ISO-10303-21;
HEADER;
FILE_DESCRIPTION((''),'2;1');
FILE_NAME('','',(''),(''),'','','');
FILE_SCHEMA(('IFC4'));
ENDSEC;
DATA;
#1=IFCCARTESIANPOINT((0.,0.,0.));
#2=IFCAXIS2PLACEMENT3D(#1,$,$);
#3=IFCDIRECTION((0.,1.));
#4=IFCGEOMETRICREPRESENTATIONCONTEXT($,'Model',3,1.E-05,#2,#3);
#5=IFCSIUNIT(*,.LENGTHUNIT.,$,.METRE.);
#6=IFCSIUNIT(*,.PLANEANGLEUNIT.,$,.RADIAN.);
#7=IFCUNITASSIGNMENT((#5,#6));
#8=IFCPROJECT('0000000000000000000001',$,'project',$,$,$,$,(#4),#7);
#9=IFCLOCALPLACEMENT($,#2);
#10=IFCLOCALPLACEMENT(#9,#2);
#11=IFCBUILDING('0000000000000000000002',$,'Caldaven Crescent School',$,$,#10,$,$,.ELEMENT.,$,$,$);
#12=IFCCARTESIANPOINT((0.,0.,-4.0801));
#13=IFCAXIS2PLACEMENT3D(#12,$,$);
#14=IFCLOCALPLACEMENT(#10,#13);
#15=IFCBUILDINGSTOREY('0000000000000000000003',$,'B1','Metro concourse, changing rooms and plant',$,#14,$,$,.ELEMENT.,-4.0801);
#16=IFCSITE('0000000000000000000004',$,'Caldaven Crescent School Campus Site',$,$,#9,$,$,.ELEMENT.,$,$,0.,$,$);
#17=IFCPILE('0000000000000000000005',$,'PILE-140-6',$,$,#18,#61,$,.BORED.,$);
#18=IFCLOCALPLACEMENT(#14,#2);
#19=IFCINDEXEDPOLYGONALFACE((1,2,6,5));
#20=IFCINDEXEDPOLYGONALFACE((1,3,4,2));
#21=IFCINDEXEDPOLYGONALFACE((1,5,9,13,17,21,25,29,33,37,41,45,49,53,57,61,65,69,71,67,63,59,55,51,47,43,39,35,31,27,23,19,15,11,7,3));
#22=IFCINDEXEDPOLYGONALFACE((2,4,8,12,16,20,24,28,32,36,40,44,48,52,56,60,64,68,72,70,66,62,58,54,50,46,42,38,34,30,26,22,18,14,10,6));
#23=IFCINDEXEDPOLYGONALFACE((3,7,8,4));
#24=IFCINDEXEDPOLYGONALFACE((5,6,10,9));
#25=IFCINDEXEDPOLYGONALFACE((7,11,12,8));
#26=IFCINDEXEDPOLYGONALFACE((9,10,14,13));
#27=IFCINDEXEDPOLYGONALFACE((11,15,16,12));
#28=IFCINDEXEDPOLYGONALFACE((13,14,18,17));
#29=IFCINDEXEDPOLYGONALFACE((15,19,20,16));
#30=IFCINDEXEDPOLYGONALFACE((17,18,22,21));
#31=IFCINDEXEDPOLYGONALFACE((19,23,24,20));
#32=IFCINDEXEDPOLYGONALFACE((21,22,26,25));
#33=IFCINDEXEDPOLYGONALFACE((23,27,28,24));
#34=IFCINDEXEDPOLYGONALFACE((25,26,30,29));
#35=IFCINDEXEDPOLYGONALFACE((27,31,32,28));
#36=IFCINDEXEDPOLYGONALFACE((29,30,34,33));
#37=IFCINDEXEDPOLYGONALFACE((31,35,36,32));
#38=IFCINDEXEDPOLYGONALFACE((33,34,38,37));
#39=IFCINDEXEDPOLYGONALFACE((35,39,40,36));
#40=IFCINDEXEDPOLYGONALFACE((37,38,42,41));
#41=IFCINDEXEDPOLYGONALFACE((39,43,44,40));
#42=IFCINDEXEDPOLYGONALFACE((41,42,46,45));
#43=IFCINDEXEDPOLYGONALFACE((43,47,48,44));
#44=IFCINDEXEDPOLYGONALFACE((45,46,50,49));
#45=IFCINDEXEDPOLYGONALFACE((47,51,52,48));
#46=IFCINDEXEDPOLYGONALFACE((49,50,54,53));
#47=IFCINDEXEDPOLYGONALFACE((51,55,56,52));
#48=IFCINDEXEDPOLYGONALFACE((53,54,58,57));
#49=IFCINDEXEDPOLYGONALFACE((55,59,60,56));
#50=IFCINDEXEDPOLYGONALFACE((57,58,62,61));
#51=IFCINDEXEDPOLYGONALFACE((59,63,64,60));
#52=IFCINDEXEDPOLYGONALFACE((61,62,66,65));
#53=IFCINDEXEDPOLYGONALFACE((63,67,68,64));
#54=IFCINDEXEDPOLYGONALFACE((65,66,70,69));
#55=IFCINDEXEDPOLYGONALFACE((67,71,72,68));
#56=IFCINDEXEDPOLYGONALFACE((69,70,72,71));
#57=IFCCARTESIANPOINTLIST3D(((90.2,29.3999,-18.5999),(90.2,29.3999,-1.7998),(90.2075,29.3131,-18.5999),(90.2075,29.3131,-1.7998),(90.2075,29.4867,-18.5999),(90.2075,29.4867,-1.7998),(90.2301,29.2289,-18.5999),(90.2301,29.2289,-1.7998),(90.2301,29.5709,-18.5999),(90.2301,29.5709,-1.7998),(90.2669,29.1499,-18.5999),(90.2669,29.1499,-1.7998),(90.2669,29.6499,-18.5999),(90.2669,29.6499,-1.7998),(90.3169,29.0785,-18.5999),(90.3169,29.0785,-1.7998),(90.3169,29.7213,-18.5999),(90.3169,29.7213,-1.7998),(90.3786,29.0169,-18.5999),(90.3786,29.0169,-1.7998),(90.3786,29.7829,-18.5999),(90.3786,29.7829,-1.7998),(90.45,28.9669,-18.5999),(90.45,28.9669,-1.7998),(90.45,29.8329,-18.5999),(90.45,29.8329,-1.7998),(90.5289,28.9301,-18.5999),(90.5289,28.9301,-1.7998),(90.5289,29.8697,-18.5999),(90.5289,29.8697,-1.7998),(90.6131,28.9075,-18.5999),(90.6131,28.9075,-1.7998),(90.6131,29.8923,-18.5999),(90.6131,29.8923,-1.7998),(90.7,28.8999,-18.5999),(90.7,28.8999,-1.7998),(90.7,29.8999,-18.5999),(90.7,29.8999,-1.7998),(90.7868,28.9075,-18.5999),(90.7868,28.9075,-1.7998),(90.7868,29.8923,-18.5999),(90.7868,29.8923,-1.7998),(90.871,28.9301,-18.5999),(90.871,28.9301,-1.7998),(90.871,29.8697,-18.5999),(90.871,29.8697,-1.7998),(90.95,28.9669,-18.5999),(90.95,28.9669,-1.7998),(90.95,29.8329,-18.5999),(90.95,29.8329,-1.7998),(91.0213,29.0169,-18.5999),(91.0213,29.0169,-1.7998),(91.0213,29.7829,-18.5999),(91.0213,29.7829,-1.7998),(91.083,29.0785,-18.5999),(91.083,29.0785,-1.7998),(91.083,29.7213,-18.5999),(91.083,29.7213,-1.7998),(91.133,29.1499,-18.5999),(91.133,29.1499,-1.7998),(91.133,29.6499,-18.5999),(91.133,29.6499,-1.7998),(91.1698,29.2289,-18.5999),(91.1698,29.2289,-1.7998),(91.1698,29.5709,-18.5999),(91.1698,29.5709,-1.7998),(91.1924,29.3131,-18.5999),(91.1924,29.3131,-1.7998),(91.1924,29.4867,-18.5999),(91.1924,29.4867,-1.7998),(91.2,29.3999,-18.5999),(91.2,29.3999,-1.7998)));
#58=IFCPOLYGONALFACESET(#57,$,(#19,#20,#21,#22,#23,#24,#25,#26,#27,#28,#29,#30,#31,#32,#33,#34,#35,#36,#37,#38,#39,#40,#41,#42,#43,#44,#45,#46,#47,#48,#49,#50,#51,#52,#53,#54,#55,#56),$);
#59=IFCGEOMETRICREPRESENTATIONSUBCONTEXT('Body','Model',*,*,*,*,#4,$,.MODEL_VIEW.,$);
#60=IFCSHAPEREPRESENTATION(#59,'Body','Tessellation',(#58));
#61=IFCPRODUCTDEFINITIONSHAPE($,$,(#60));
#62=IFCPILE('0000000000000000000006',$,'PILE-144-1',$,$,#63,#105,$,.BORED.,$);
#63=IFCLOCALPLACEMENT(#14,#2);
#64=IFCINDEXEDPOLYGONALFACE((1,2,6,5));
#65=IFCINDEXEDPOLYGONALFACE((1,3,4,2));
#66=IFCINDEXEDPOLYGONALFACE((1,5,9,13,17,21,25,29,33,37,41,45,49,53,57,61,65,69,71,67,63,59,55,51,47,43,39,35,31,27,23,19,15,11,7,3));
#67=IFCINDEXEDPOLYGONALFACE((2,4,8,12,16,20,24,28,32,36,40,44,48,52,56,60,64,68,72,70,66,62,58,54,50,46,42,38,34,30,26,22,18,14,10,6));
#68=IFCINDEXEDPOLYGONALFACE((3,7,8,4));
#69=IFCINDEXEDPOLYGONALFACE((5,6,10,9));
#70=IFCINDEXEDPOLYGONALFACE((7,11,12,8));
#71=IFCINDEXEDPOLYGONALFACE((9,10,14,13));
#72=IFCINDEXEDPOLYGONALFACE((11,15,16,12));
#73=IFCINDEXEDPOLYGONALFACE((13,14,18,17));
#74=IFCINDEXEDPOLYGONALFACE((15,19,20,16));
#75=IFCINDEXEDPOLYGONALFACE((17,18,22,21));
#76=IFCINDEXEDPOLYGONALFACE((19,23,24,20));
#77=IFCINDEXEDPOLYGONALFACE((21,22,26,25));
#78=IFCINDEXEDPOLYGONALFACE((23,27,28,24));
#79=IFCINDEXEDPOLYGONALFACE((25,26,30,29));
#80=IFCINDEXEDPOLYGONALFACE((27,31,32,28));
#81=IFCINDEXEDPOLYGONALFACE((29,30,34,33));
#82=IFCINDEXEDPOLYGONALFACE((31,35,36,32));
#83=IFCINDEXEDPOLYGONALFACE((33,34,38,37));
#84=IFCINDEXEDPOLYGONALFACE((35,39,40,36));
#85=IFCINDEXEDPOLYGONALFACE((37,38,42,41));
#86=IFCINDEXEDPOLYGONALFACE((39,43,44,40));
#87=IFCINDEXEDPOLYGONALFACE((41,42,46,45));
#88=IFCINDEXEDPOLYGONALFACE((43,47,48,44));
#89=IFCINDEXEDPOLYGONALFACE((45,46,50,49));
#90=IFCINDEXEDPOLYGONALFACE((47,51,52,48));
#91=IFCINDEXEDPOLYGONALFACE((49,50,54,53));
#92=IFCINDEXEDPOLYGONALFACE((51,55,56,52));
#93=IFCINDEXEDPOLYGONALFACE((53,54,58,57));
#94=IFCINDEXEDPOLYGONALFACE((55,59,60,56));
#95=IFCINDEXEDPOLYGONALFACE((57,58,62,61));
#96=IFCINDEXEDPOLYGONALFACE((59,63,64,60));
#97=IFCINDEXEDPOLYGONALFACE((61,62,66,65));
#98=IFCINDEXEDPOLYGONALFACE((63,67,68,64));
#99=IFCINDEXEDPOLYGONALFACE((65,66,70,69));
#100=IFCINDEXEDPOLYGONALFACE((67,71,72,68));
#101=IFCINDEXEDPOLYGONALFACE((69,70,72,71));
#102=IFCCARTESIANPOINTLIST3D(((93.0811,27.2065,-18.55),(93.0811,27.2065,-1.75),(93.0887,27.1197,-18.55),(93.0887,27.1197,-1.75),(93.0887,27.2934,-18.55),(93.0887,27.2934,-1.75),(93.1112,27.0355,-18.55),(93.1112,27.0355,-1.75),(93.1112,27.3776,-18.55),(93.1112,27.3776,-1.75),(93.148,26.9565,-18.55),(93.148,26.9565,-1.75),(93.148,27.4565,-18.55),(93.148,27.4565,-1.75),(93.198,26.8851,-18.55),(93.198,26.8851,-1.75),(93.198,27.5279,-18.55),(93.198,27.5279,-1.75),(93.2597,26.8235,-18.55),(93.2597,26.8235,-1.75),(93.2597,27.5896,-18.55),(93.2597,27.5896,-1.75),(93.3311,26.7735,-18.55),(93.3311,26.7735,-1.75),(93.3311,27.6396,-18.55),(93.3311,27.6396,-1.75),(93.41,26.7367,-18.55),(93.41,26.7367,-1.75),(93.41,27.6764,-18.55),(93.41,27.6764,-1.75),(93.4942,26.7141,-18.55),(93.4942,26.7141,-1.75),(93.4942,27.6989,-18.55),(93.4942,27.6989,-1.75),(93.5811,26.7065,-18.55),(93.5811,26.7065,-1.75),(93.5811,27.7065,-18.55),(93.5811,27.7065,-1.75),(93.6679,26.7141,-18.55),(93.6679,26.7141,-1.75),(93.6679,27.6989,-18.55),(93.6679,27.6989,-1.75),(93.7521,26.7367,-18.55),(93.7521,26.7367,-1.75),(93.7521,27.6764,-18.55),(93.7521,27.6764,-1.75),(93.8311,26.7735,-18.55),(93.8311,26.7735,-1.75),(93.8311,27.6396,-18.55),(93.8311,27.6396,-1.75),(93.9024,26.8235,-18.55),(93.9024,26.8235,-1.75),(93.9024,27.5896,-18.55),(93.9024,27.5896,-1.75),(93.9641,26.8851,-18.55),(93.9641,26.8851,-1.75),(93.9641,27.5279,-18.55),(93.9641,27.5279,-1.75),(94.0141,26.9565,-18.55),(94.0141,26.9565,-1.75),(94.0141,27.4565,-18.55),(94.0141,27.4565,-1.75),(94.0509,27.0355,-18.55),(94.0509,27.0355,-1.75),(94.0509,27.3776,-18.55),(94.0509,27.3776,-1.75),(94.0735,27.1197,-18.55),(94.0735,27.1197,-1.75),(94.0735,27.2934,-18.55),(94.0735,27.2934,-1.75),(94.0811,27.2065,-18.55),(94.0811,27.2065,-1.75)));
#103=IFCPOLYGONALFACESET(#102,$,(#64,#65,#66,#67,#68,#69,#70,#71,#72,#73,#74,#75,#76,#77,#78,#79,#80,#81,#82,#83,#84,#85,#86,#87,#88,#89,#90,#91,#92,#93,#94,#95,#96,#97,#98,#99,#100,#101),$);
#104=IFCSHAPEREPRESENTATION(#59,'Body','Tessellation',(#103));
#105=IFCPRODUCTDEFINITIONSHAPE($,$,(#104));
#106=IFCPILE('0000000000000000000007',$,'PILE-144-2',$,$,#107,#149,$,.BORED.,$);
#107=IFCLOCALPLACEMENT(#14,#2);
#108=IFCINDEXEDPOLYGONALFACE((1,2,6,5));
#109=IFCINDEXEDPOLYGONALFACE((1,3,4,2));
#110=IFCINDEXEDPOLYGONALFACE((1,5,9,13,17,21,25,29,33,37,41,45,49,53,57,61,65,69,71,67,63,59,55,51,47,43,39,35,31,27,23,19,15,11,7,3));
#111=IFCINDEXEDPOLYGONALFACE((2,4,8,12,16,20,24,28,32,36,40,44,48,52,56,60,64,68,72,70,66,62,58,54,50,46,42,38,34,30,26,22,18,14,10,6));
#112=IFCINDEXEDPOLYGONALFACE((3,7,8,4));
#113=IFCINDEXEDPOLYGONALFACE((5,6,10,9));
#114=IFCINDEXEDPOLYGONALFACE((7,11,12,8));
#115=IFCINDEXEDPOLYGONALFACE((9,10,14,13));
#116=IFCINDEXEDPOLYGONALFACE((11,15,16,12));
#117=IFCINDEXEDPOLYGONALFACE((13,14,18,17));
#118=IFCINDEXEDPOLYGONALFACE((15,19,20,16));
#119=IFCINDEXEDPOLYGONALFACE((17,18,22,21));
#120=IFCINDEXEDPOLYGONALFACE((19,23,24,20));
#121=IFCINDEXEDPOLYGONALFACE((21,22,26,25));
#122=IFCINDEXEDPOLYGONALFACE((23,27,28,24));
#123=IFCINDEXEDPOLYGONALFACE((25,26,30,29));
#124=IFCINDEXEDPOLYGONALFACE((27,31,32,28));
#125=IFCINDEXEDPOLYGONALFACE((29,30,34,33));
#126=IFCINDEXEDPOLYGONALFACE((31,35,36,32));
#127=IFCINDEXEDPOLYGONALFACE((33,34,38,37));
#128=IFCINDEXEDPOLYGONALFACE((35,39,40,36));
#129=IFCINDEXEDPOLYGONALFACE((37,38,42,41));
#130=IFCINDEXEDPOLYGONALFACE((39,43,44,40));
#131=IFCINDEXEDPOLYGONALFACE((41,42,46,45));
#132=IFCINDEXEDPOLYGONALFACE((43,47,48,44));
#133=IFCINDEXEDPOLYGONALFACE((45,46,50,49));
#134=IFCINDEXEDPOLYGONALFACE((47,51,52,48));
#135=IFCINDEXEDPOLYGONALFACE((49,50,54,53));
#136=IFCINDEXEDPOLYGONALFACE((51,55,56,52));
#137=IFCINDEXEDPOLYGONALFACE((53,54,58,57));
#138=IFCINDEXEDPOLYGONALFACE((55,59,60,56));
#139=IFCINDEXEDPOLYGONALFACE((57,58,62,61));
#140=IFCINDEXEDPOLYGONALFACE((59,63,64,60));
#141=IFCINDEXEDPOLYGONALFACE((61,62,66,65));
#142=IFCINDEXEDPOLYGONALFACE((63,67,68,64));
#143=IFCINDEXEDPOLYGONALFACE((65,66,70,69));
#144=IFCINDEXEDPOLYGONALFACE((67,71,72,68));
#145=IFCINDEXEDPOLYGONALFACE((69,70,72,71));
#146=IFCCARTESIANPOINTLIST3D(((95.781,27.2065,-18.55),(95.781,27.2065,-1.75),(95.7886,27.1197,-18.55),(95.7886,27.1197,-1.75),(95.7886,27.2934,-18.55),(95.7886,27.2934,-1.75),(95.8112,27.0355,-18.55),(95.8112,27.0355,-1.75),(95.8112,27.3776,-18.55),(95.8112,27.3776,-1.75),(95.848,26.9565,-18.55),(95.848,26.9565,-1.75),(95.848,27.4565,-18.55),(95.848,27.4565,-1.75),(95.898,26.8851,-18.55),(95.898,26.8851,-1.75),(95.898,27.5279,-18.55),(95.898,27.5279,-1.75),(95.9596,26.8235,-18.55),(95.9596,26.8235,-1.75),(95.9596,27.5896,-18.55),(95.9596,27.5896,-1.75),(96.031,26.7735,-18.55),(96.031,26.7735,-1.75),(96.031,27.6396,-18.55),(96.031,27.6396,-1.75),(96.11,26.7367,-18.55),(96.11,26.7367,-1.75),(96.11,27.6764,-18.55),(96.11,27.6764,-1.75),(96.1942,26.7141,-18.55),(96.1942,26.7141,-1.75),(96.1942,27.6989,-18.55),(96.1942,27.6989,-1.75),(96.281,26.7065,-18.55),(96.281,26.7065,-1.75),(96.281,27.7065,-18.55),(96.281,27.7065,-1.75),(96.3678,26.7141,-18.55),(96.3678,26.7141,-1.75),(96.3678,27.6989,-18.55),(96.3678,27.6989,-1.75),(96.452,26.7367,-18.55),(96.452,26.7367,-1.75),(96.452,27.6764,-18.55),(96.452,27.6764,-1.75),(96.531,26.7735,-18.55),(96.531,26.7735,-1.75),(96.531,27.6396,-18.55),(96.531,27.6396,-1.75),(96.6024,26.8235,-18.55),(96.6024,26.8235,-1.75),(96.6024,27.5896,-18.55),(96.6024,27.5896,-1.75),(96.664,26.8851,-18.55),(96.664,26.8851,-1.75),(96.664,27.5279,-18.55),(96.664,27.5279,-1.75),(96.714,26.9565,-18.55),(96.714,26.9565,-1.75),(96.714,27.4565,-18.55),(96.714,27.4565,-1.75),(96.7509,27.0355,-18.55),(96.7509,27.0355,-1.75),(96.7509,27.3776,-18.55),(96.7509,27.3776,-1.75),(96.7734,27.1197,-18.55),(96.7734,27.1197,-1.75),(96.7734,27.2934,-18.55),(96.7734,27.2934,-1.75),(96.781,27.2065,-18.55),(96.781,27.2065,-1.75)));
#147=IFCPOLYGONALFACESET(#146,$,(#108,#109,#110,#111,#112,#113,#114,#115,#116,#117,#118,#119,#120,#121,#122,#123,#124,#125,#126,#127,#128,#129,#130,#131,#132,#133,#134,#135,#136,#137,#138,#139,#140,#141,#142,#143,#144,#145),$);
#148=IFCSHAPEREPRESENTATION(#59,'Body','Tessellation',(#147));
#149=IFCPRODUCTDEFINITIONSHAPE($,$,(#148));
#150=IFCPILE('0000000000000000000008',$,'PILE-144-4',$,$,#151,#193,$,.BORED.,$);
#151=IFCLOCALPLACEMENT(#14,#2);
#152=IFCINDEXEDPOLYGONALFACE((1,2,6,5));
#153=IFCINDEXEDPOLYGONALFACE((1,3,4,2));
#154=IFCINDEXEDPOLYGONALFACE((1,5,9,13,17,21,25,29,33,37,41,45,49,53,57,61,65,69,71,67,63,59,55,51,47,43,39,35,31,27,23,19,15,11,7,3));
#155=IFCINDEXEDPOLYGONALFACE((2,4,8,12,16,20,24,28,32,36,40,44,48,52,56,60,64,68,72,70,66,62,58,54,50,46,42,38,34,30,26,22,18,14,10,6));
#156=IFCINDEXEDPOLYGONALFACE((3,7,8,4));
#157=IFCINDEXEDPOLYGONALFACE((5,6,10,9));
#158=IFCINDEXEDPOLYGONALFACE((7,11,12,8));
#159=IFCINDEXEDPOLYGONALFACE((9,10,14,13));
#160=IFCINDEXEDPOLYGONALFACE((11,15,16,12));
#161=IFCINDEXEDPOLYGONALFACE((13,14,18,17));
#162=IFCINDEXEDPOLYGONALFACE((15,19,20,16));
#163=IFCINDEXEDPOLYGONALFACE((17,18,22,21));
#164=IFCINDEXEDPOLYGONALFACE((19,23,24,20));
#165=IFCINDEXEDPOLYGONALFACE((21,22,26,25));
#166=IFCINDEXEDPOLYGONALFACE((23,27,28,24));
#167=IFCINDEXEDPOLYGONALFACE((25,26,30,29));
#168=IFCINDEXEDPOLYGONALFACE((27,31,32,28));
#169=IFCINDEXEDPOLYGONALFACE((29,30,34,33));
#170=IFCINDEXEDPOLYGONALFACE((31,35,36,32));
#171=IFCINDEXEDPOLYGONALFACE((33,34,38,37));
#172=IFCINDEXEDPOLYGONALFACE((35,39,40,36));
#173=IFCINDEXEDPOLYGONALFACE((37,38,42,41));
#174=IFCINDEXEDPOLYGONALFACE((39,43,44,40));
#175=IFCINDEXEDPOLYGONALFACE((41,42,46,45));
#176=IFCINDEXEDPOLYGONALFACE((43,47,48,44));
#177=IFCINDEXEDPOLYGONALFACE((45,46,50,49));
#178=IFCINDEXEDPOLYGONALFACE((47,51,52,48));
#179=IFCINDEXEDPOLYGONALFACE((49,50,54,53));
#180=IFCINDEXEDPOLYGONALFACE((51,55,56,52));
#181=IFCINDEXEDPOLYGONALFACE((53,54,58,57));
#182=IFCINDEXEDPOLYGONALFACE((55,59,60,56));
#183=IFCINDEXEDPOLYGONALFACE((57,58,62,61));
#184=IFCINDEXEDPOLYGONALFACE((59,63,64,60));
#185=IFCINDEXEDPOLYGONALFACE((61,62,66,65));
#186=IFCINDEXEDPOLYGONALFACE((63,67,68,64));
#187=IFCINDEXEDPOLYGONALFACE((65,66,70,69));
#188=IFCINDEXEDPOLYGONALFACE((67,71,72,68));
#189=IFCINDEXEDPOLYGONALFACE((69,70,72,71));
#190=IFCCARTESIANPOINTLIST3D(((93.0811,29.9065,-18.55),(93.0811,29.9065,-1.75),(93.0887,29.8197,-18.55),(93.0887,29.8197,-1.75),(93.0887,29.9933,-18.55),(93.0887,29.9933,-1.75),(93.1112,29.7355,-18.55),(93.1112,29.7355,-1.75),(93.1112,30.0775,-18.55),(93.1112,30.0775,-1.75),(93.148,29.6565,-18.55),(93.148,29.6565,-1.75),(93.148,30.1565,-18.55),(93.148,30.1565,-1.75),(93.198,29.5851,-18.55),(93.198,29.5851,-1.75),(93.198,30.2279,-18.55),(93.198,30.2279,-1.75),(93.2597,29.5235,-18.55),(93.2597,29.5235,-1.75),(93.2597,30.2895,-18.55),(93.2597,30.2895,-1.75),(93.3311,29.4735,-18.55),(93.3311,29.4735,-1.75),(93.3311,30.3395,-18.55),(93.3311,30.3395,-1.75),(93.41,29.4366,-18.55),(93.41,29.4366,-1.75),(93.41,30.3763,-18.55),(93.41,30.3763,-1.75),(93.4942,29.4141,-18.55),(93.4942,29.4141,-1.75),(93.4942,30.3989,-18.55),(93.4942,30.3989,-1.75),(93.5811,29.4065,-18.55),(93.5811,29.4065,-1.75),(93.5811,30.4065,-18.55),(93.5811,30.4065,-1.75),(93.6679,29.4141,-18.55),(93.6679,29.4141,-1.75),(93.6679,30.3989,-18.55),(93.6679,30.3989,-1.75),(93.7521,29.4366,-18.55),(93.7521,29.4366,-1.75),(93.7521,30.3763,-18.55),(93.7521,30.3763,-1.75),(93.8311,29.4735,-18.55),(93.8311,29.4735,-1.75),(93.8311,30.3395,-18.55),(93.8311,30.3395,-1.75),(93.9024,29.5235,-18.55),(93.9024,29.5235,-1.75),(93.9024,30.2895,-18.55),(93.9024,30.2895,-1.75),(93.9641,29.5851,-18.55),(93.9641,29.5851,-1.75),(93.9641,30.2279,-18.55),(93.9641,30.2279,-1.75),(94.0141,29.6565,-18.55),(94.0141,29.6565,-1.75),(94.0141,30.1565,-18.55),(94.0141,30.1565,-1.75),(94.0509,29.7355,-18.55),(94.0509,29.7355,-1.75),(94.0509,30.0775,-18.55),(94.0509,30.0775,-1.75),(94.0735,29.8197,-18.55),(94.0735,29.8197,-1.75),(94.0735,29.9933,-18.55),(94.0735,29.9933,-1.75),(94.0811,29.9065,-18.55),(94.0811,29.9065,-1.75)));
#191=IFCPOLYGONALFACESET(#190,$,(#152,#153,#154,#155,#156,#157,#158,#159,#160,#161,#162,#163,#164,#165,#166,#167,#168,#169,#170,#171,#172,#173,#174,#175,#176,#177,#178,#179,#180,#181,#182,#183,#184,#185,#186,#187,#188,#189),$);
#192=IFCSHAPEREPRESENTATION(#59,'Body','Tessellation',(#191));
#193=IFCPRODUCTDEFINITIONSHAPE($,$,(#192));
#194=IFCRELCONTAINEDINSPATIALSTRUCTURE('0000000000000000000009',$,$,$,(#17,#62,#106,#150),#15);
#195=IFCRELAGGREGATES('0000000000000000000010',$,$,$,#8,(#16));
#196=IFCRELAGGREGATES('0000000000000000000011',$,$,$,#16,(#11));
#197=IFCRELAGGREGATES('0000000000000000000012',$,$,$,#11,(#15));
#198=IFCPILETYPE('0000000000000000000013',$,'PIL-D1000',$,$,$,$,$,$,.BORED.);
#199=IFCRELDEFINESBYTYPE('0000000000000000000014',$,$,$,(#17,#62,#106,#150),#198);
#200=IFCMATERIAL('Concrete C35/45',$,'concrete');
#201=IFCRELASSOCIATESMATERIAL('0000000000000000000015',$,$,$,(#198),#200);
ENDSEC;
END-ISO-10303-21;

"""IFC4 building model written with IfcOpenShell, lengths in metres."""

from ifc_helpers import new_model, si_unit, direction, frame, origin, origin_2d, place, context, subcontext, project, spatial, circle, extrude, material, material_profile, profile_set, type_object, element, save


model = new_model("IFC4")

# Units and contexts
model_context = context("Model", 3, precision=1e-05, world=origin(), true_north=direction((0.0, 1.0)))
body_context = subcontext(model_context, "Body", "Model", "MODEL_VIEW")
ifc_project = project(units=[si_unit("LENGTHUNIT", "METRE"), si_unit("PLANEANGLEUNIT", "RADIAN")], contexts=[model_context])

# Site, building, storey
site_placement = place(None, origin())
site = spatial("IfcSite", under=ifc_project, at=site_placement, Name="Caldaven Crescent School Campus Site", CompositionType="ELEMENT", RefElevation=0.0)
building_placement = place(site_placement, origin())
building = spatial("IfcBuilding", under=site, at=building_placement, Name="Caldaven Crescent School", CompositionType="ELEMENT")
storey_placement = place(building_placement, frame((0.0, 0.0, -4.0801)))
storey = spatial("IfcBuildingStorey", under=building, at=storey_placement, Name="B1", Description="Metro concourse, changing rooms and plant", CompositionType="ELEMENT", Elevation=-4.0801)

# Shared definitions
ifc_material_1 = material(Name="Concrete C35/45", Category="concrete")

# Piles
ifc_material_profile_1 = material_profile(ifc_material_1, circle(Radius=0.5, at=origin_2d()), Name="PILE D1000")
ifc_profile_set_1 = profile_set([ifc_material_profile_1], Name="Concrete C35/45")
pile_type_1 = type_object("IfcPileType", Name="PIL-D1000", PredefinedType="BORED", material=ifc_profile_set_1)
for number, where, z_axis, x_axis, name in (
    (1, (90.7, 29.3999, -1.7998), (0.0, 0.0, -1.0), (1.0, 0.0, 0.0), "PILE-140-6"),
    (2, (93.5811, 27.2065, -1.75), (0.0, 0.0, -1.0), (1.0, 0.0, 0.0), "PILE-144-1"),
    (3, (96.281, 27.2065, -1.75), (0.0, 0.0, -1.0), (1.0, 0.0, 0.0), "PILE-144-2"),
    (4, (93.5811, 29.9065, -1.75), (0.0, 0.0, -1.0), (1.0, 0.0, 0.0), "PILE-144-4"),
):
    element("IfcPile", number, at=place(storey_placement, frame(where, z_axis=z_axis, x_axis=x_axis)), inside=storey, type_object=pile_type_1, Name=name, PredefinedType="BORED", context=body_context, shape_type="SweptSolid", body=[
        extrude(circle(Radius=0.5, at=origin_2d()), origin(), (0.0, 0.0, 1.0), 16.8),
    ])

save(model, "model.ifc")
